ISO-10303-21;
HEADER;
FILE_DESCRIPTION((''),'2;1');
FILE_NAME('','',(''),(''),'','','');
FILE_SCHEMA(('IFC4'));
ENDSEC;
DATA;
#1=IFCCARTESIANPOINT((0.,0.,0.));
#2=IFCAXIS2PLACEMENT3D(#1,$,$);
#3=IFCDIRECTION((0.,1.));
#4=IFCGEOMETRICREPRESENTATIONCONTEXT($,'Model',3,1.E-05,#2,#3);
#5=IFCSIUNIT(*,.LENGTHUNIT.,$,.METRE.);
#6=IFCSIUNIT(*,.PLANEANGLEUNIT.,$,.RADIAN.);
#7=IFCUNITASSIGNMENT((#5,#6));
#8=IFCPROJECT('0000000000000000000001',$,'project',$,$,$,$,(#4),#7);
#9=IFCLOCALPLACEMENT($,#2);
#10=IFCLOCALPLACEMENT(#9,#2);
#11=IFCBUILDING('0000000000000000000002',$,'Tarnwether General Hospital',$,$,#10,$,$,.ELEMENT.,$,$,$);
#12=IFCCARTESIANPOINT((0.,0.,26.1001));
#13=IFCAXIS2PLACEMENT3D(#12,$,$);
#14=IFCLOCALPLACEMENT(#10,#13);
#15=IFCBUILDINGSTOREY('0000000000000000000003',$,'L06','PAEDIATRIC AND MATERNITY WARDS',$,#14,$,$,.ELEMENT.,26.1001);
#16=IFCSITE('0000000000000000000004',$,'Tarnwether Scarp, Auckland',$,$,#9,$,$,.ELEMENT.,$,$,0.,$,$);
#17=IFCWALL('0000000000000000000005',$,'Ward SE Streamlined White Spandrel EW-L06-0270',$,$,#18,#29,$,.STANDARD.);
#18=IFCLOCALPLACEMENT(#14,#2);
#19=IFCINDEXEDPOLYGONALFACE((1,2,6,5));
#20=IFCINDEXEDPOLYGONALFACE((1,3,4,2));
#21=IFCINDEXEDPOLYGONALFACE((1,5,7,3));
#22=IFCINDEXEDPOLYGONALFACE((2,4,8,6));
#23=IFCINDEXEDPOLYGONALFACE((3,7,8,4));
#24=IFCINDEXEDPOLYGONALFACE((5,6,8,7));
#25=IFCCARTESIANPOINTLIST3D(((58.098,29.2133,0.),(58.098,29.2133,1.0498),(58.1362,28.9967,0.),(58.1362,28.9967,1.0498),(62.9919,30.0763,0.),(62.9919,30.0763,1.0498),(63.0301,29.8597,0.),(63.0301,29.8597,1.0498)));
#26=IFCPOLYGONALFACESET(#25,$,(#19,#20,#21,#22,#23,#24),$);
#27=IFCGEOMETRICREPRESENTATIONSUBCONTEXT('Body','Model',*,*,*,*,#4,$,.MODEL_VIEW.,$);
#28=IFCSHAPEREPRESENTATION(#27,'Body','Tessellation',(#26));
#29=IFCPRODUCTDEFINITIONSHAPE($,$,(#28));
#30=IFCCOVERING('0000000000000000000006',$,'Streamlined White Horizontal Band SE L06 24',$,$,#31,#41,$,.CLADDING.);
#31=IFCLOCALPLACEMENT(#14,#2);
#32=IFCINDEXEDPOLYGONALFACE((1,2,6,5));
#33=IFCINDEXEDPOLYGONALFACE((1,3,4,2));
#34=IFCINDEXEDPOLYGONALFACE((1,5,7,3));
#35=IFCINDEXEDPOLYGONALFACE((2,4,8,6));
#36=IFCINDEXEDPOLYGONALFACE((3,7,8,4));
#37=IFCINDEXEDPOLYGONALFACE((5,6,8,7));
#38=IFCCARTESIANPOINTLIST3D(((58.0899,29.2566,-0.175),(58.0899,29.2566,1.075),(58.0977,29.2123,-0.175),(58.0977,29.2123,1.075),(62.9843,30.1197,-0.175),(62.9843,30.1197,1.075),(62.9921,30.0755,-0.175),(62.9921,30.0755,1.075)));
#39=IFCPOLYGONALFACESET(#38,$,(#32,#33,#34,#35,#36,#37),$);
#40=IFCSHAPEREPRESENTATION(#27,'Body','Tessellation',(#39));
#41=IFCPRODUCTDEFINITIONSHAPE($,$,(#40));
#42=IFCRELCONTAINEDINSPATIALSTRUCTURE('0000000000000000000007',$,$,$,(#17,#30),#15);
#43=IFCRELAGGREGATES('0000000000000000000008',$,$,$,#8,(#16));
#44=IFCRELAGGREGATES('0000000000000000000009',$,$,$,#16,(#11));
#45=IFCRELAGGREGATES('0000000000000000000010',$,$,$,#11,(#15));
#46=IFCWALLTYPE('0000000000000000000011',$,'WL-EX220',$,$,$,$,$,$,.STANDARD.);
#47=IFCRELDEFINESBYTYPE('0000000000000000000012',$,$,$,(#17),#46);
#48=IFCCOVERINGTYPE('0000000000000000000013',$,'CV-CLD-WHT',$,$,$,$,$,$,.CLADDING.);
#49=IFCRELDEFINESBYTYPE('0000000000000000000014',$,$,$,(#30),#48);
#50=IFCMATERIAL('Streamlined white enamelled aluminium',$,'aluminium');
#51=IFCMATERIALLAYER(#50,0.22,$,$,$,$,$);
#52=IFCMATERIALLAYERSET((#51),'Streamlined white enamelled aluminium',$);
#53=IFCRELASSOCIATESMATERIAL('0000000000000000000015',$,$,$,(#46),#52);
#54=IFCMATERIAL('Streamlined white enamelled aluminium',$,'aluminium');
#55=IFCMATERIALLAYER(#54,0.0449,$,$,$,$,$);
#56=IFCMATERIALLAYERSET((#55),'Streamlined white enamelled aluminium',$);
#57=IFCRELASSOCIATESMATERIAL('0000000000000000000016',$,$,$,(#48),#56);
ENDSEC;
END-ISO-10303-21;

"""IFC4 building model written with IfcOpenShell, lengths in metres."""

from ifc_helpers import new_model, si_unit, direction, frame, frame_2d, origin, origin_2d, place, context, subcontext, project, spatial, rectangle, extrude, material, layer, layer_set, type_object, element, save


model = new_model("IFC4")

# Units and contexts
model_context = context("Model", 3, precision=1e-05, world=origin(), true_north=direction((0.0, 1.0)))
body_context = subcontext(model_context, "Body", "Model", "MODEL_VIEW")
ifc_project = project(units=[si_unit("LENGTHUNIT", "METRE"), si_unit("PLANEANGLEUNIT", "RADIAN")], contexts=[model_context])

# Site, building, storey
site_placement = place(None, origin())
site = spatial("IfcSite", under=ifc_project, at=site_placement, Name="Tarnwether Scarp, Auckland", CompositionType="ELEMENT", RefElevation=0.0)
building_placement = place(site_placement, origin())
building = spatial("IfcBuilding", under=site, at=building_placement, Name="Tarnwether General Hospital", CompositionType="ELEMENT")
storey_placement = place(building_placement, frame((0.0, 0.0, 26.1001)))
storey = spatial("IfcBuildingStorey", under=building, at=storey_placement, Name="L06", Description="PAEDIATRIC AND MATERNITY WARDS", CompositionType="ELEMENT", Elevation=26.1001)

# Wall
ifc_material_1 = material(Name="Streamlined white enamelled aluminium", Category="aluminium")
ifc_layer_1 = layer(ifc_material_1, 0.22)
ifc_layer_set_1 = layer_set([ifc_layer_1], Name="Streamlined white enamelled aluminium")
wall_type = type_object("IfcWallType", Name="WL-EX220", PredefinedType="STANDARD", material=ifc_layer_set_1)
wall_placement = place(storey_placement, frame((58.1169, 29.105, 0.0), z_axis=(0.0, 0.0, 1.0), x_axis=(0.984805, 0.173665, 0.0)))
element("IfcWall", 1, at=wall_placement, inside=storey, type_object=wall_type, Name="Ward SE Streamlined White Spandrel EW-L06-0270", PredefinedType="STANDARD", context=body_context, shape_type="SweptSolid", body=[
    extrude(rectangle(XDim=4.9695, YDim=0.22, at=frame_2d((2.4849, 0.0))), origin(), (0.0, 0.0, 1.0), 1.0498),
])

# Covering
ifc_material_2 = material(Name="Streamlined white enamelled aluminium", Category="aluminium")
ifc_layer_2 = layer(ifc_material_2, 0.0449)
ifc_layer_set_2 = layer_set([ifc_layer_2], Name="Streamlined white enamelled aluminium")
covering_type = type_object("IfcCoveringType", Name="CV-CLD-WHT", PredefinedType="CLADDING", material=ifc_layer_set_2)
covering_placement = place(storey_placement, frame((60.541, 29.666, -0.175), z_axis=(0.0, 0.0, 1.0), x_axis=(0.984805, 0.173665, 0.0)))
element("IfcCovering", 2, at=covering_placement, inside=storey, type_object=covering_type, Name="Streamlined White Horizontal Band SE L06 24", PredefinedType="CLADDING", context=body_context, shape_type="SweptSolid", body=[
    extrude(rectangle(XDim=4.97, YDim=0.0449, at=origin_2d()), origin(), (0.0, 0.0, 1.0), 1.25),
])

save(model, "model.ifc")
